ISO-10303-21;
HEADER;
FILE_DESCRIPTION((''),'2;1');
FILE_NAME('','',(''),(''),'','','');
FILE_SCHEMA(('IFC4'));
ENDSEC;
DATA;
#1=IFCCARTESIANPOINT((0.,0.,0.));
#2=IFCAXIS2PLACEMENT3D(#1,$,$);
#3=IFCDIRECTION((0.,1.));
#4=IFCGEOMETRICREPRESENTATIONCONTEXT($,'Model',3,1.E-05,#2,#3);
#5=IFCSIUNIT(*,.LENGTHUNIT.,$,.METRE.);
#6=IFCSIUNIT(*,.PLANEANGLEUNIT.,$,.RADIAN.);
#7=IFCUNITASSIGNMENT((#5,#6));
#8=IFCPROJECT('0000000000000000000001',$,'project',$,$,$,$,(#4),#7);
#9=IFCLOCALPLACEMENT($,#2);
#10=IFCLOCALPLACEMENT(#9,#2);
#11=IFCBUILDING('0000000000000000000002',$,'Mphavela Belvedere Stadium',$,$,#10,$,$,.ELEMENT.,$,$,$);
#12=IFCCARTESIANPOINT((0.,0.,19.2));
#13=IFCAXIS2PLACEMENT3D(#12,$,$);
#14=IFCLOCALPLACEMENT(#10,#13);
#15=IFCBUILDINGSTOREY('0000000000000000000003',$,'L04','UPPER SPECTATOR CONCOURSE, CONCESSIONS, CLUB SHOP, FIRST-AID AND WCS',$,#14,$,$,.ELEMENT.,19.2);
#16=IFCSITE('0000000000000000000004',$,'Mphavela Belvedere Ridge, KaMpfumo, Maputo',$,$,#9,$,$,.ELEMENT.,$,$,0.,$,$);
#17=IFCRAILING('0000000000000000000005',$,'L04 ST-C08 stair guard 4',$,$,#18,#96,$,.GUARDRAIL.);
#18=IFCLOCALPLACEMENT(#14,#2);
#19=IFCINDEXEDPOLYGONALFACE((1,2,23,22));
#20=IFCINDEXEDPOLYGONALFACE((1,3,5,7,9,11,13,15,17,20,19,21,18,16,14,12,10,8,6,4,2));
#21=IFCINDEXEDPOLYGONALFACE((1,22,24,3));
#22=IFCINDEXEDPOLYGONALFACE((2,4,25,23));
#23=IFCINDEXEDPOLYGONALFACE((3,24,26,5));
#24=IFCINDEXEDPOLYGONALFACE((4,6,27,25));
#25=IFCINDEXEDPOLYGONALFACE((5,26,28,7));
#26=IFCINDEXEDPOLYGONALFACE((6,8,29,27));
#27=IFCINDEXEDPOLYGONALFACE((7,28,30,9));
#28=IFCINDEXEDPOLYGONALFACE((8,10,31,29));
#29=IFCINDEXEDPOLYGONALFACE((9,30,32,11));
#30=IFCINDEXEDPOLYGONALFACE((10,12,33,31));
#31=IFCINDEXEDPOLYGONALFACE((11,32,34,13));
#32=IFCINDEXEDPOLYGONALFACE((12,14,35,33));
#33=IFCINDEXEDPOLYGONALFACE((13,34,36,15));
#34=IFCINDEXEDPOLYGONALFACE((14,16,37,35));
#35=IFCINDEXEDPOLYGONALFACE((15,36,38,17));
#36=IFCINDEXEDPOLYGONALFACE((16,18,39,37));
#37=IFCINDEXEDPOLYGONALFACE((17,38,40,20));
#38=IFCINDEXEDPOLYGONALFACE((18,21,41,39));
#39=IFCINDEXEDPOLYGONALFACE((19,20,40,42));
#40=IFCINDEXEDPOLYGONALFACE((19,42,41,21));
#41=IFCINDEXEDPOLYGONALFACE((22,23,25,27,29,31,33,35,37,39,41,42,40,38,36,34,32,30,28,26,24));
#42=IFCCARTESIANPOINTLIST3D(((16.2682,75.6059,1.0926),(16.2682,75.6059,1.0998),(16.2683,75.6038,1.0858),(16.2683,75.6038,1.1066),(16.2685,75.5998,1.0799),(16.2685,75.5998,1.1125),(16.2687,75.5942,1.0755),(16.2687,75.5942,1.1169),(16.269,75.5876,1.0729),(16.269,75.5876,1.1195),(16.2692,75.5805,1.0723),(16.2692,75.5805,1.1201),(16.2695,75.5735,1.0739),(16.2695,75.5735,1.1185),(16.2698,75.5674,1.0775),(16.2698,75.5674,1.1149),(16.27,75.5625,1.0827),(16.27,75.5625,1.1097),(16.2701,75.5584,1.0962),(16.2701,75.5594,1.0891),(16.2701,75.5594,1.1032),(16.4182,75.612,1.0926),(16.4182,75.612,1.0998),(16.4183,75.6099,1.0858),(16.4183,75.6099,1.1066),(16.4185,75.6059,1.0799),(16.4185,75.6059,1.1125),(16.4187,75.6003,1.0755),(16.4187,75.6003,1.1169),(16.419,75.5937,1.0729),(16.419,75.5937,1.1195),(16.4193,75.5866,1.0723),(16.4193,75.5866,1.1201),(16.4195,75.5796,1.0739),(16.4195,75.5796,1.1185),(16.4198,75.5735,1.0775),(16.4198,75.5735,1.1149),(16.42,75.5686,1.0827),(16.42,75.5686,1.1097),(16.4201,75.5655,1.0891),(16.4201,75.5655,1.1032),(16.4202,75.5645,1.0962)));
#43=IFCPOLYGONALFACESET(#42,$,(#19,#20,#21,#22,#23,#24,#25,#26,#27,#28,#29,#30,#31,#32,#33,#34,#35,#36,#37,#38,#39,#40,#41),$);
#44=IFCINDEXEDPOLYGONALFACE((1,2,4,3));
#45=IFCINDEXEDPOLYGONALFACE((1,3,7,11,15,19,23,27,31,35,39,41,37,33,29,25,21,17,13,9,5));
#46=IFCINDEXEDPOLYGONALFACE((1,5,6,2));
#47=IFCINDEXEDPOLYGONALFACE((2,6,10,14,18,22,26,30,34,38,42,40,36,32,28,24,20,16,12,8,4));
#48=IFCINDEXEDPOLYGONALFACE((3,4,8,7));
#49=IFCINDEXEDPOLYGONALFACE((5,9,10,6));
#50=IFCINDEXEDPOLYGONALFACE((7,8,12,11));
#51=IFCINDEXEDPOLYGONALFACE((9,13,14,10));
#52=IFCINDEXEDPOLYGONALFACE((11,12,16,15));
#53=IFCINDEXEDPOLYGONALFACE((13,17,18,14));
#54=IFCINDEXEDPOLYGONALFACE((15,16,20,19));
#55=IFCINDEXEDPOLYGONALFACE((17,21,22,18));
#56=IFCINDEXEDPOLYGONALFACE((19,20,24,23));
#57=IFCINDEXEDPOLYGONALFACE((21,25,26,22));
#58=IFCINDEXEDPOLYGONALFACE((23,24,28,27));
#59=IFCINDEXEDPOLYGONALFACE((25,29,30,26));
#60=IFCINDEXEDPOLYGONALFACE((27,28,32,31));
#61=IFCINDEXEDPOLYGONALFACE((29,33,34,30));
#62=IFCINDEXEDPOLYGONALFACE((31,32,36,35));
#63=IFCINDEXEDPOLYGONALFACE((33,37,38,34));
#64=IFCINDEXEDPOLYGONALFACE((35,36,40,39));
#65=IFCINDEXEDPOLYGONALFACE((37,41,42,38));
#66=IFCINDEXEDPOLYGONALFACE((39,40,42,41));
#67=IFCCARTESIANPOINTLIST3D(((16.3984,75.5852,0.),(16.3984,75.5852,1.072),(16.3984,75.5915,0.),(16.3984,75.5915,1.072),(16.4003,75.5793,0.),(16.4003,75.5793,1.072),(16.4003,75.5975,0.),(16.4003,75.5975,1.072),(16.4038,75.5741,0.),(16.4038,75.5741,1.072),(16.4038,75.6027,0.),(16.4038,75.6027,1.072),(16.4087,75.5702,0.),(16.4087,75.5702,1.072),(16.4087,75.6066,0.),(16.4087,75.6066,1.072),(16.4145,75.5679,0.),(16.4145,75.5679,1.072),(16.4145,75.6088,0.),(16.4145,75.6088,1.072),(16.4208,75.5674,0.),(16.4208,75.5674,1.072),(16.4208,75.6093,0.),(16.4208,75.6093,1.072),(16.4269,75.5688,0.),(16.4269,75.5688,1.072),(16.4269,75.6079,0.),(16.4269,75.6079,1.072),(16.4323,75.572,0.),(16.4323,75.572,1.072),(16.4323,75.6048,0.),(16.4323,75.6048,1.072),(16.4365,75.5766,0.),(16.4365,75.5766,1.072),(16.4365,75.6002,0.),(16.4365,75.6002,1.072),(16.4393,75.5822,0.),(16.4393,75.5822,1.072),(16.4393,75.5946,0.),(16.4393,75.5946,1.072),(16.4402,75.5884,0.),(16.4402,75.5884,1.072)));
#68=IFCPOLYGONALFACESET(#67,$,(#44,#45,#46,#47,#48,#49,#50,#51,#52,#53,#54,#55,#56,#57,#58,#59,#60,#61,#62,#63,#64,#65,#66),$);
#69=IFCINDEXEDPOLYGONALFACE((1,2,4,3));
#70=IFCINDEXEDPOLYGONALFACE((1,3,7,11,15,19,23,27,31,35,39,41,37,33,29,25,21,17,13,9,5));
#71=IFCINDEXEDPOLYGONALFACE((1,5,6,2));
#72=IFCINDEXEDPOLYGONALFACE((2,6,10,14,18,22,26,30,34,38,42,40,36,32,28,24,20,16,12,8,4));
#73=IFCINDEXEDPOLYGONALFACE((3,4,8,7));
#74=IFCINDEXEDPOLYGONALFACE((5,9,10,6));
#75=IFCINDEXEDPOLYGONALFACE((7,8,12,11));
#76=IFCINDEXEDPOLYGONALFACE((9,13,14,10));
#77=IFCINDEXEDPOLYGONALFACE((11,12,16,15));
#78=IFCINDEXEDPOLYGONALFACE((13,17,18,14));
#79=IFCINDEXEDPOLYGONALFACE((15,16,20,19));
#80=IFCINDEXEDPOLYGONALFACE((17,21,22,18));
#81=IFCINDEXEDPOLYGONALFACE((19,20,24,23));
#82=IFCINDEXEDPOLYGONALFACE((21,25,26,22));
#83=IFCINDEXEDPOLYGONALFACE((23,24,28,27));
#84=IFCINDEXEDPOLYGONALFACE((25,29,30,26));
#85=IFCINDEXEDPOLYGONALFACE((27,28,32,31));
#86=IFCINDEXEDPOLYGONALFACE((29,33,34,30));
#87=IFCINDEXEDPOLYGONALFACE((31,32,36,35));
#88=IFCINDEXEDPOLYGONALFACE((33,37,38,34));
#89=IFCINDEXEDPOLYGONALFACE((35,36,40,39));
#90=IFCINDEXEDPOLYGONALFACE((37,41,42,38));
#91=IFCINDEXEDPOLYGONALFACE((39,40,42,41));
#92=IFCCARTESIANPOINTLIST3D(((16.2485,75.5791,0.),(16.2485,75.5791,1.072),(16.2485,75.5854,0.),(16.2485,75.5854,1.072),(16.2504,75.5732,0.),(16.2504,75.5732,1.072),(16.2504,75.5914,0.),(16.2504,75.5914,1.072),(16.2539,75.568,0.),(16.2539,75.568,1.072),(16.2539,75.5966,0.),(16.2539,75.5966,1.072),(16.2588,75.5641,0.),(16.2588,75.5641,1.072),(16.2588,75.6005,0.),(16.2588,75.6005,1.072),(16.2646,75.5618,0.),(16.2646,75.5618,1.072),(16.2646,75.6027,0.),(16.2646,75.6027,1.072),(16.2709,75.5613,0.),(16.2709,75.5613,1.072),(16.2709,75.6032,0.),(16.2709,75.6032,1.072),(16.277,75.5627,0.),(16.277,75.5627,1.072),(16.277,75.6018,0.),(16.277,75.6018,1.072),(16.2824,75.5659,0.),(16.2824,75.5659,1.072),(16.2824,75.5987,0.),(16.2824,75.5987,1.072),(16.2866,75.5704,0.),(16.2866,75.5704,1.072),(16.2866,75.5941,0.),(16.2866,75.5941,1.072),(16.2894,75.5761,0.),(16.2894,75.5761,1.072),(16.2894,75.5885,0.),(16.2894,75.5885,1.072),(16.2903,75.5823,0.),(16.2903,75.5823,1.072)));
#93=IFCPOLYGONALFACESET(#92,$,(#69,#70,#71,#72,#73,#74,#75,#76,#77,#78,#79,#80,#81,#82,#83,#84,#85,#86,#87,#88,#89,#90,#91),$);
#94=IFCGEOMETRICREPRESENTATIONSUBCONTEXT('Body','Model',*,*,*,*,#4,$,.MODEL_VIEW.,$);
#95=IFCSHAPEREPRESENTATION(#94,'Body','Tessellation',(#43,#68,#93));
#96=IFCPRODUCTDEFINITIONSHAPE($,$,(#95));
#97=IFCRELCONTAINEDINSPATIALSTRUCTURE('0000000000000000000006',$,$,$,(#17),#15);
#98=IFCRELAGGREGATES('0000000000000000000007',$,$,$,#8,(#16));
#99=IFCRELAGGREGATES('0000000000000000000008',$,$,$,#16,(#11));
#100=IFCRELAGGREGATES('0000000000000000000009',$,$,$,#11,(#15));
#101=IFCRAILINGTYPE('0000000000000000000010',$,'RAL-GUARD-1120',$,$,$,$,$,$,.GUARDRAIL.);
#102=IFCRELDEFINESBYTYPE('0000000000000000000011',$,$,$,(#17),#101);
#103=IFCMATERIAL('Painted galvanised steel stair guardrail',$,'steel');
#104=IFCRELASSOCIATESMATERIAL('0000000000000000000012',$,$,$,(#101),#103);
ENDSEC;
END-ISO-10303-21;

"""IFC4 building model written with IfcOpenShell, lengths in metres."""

from ifc_helpers import new_model, si_unit, direction, frame, origin, origin_2d, place, context, subcontext, project, spatial, circle, extrude, material, type_object, element, save


model = new_model("IFC4")

# Units and contexts
model_context = context("Model", 3, precision=1e-05, world=origin(), true_north=direction((0.0, 1.0)))
body_context = subcontext(model_context, "Body", "Model", "MODEL_VIEW")
ifc_project = project(units=[si_unit("LENGTHUNIT", "METRE"), si_unit("PLANEANGLEUNIT", "RADIAN")], contexts=[model_context])

# Site, building, storey
site_placement = place(None, origin())
site = spatial("IfcSite", under=ifc_project, at=site_placement, Name="Mphavela Belvedere Ridge, KaMpfumo, Maputo", CompositionType="ELEMENT", RefElevation=0.0)
building_placement = place(site_placement, origin())
building = spatial("IfcBuilding", under=site, at=building_placement, Name="Mphavela Belvedere Stadium", CompositionType="ELEMENT")
storey_placement = place(building_placement, frame((0.0, 0.0, 19.2)))
storey = spatial("IfcBuildingStorey", under=building, at=storey_placement, Name="L04", Description="UPPER SPECTATOR CONCOURSE, CONCESSIONS, CLUB SHOP, FIRST-AID AND WCS", CompositionType="ELEMENT", Elevation=19.2)

# Railing
ifc_material_1 = material(Name="Painted galvanised steel stair guardrail", Category="steel")
railing_type_1 = type_object("IfcRailingType", Name="RAL-GUARD-1120", PredefinedType="GUARDRAIL", material=ifc_material_1)
railing_1_placement = place(storey_placement, frame((16.4192, 75.5884, 0.0)))
element("IfcRailing", 1, at=railing_1_placement, inside=storey, type_object=railing_type_1, Name="L04 ST-C08 stair guard 4", PredefinedType="GUARDRAIL", context=body_context, shape_type="SweptSolid", body=[
    extrude(circle(Radius=0.0239, at=origin_2d()), frame((0.0, 0.0, 1.0962), z_axis=(-0.999172, -0.040683, 0.0), x_axis=(0.040683, -0.999172, 0.0)), (0.0, 0.0, 1.0), 0.1501),
    extrude(circle(Radius=0.021, at=origin_2d()), origin(), (0.0, 0.0, 1.0), 1.072),
    extrude(circle(Radius=0.021, at=origin_2d()), frame((-0.1499, -0.0061, 0.0)), (0.0, 0.0, 1.0), 1.072),
])

save(model, "model.ifc")
